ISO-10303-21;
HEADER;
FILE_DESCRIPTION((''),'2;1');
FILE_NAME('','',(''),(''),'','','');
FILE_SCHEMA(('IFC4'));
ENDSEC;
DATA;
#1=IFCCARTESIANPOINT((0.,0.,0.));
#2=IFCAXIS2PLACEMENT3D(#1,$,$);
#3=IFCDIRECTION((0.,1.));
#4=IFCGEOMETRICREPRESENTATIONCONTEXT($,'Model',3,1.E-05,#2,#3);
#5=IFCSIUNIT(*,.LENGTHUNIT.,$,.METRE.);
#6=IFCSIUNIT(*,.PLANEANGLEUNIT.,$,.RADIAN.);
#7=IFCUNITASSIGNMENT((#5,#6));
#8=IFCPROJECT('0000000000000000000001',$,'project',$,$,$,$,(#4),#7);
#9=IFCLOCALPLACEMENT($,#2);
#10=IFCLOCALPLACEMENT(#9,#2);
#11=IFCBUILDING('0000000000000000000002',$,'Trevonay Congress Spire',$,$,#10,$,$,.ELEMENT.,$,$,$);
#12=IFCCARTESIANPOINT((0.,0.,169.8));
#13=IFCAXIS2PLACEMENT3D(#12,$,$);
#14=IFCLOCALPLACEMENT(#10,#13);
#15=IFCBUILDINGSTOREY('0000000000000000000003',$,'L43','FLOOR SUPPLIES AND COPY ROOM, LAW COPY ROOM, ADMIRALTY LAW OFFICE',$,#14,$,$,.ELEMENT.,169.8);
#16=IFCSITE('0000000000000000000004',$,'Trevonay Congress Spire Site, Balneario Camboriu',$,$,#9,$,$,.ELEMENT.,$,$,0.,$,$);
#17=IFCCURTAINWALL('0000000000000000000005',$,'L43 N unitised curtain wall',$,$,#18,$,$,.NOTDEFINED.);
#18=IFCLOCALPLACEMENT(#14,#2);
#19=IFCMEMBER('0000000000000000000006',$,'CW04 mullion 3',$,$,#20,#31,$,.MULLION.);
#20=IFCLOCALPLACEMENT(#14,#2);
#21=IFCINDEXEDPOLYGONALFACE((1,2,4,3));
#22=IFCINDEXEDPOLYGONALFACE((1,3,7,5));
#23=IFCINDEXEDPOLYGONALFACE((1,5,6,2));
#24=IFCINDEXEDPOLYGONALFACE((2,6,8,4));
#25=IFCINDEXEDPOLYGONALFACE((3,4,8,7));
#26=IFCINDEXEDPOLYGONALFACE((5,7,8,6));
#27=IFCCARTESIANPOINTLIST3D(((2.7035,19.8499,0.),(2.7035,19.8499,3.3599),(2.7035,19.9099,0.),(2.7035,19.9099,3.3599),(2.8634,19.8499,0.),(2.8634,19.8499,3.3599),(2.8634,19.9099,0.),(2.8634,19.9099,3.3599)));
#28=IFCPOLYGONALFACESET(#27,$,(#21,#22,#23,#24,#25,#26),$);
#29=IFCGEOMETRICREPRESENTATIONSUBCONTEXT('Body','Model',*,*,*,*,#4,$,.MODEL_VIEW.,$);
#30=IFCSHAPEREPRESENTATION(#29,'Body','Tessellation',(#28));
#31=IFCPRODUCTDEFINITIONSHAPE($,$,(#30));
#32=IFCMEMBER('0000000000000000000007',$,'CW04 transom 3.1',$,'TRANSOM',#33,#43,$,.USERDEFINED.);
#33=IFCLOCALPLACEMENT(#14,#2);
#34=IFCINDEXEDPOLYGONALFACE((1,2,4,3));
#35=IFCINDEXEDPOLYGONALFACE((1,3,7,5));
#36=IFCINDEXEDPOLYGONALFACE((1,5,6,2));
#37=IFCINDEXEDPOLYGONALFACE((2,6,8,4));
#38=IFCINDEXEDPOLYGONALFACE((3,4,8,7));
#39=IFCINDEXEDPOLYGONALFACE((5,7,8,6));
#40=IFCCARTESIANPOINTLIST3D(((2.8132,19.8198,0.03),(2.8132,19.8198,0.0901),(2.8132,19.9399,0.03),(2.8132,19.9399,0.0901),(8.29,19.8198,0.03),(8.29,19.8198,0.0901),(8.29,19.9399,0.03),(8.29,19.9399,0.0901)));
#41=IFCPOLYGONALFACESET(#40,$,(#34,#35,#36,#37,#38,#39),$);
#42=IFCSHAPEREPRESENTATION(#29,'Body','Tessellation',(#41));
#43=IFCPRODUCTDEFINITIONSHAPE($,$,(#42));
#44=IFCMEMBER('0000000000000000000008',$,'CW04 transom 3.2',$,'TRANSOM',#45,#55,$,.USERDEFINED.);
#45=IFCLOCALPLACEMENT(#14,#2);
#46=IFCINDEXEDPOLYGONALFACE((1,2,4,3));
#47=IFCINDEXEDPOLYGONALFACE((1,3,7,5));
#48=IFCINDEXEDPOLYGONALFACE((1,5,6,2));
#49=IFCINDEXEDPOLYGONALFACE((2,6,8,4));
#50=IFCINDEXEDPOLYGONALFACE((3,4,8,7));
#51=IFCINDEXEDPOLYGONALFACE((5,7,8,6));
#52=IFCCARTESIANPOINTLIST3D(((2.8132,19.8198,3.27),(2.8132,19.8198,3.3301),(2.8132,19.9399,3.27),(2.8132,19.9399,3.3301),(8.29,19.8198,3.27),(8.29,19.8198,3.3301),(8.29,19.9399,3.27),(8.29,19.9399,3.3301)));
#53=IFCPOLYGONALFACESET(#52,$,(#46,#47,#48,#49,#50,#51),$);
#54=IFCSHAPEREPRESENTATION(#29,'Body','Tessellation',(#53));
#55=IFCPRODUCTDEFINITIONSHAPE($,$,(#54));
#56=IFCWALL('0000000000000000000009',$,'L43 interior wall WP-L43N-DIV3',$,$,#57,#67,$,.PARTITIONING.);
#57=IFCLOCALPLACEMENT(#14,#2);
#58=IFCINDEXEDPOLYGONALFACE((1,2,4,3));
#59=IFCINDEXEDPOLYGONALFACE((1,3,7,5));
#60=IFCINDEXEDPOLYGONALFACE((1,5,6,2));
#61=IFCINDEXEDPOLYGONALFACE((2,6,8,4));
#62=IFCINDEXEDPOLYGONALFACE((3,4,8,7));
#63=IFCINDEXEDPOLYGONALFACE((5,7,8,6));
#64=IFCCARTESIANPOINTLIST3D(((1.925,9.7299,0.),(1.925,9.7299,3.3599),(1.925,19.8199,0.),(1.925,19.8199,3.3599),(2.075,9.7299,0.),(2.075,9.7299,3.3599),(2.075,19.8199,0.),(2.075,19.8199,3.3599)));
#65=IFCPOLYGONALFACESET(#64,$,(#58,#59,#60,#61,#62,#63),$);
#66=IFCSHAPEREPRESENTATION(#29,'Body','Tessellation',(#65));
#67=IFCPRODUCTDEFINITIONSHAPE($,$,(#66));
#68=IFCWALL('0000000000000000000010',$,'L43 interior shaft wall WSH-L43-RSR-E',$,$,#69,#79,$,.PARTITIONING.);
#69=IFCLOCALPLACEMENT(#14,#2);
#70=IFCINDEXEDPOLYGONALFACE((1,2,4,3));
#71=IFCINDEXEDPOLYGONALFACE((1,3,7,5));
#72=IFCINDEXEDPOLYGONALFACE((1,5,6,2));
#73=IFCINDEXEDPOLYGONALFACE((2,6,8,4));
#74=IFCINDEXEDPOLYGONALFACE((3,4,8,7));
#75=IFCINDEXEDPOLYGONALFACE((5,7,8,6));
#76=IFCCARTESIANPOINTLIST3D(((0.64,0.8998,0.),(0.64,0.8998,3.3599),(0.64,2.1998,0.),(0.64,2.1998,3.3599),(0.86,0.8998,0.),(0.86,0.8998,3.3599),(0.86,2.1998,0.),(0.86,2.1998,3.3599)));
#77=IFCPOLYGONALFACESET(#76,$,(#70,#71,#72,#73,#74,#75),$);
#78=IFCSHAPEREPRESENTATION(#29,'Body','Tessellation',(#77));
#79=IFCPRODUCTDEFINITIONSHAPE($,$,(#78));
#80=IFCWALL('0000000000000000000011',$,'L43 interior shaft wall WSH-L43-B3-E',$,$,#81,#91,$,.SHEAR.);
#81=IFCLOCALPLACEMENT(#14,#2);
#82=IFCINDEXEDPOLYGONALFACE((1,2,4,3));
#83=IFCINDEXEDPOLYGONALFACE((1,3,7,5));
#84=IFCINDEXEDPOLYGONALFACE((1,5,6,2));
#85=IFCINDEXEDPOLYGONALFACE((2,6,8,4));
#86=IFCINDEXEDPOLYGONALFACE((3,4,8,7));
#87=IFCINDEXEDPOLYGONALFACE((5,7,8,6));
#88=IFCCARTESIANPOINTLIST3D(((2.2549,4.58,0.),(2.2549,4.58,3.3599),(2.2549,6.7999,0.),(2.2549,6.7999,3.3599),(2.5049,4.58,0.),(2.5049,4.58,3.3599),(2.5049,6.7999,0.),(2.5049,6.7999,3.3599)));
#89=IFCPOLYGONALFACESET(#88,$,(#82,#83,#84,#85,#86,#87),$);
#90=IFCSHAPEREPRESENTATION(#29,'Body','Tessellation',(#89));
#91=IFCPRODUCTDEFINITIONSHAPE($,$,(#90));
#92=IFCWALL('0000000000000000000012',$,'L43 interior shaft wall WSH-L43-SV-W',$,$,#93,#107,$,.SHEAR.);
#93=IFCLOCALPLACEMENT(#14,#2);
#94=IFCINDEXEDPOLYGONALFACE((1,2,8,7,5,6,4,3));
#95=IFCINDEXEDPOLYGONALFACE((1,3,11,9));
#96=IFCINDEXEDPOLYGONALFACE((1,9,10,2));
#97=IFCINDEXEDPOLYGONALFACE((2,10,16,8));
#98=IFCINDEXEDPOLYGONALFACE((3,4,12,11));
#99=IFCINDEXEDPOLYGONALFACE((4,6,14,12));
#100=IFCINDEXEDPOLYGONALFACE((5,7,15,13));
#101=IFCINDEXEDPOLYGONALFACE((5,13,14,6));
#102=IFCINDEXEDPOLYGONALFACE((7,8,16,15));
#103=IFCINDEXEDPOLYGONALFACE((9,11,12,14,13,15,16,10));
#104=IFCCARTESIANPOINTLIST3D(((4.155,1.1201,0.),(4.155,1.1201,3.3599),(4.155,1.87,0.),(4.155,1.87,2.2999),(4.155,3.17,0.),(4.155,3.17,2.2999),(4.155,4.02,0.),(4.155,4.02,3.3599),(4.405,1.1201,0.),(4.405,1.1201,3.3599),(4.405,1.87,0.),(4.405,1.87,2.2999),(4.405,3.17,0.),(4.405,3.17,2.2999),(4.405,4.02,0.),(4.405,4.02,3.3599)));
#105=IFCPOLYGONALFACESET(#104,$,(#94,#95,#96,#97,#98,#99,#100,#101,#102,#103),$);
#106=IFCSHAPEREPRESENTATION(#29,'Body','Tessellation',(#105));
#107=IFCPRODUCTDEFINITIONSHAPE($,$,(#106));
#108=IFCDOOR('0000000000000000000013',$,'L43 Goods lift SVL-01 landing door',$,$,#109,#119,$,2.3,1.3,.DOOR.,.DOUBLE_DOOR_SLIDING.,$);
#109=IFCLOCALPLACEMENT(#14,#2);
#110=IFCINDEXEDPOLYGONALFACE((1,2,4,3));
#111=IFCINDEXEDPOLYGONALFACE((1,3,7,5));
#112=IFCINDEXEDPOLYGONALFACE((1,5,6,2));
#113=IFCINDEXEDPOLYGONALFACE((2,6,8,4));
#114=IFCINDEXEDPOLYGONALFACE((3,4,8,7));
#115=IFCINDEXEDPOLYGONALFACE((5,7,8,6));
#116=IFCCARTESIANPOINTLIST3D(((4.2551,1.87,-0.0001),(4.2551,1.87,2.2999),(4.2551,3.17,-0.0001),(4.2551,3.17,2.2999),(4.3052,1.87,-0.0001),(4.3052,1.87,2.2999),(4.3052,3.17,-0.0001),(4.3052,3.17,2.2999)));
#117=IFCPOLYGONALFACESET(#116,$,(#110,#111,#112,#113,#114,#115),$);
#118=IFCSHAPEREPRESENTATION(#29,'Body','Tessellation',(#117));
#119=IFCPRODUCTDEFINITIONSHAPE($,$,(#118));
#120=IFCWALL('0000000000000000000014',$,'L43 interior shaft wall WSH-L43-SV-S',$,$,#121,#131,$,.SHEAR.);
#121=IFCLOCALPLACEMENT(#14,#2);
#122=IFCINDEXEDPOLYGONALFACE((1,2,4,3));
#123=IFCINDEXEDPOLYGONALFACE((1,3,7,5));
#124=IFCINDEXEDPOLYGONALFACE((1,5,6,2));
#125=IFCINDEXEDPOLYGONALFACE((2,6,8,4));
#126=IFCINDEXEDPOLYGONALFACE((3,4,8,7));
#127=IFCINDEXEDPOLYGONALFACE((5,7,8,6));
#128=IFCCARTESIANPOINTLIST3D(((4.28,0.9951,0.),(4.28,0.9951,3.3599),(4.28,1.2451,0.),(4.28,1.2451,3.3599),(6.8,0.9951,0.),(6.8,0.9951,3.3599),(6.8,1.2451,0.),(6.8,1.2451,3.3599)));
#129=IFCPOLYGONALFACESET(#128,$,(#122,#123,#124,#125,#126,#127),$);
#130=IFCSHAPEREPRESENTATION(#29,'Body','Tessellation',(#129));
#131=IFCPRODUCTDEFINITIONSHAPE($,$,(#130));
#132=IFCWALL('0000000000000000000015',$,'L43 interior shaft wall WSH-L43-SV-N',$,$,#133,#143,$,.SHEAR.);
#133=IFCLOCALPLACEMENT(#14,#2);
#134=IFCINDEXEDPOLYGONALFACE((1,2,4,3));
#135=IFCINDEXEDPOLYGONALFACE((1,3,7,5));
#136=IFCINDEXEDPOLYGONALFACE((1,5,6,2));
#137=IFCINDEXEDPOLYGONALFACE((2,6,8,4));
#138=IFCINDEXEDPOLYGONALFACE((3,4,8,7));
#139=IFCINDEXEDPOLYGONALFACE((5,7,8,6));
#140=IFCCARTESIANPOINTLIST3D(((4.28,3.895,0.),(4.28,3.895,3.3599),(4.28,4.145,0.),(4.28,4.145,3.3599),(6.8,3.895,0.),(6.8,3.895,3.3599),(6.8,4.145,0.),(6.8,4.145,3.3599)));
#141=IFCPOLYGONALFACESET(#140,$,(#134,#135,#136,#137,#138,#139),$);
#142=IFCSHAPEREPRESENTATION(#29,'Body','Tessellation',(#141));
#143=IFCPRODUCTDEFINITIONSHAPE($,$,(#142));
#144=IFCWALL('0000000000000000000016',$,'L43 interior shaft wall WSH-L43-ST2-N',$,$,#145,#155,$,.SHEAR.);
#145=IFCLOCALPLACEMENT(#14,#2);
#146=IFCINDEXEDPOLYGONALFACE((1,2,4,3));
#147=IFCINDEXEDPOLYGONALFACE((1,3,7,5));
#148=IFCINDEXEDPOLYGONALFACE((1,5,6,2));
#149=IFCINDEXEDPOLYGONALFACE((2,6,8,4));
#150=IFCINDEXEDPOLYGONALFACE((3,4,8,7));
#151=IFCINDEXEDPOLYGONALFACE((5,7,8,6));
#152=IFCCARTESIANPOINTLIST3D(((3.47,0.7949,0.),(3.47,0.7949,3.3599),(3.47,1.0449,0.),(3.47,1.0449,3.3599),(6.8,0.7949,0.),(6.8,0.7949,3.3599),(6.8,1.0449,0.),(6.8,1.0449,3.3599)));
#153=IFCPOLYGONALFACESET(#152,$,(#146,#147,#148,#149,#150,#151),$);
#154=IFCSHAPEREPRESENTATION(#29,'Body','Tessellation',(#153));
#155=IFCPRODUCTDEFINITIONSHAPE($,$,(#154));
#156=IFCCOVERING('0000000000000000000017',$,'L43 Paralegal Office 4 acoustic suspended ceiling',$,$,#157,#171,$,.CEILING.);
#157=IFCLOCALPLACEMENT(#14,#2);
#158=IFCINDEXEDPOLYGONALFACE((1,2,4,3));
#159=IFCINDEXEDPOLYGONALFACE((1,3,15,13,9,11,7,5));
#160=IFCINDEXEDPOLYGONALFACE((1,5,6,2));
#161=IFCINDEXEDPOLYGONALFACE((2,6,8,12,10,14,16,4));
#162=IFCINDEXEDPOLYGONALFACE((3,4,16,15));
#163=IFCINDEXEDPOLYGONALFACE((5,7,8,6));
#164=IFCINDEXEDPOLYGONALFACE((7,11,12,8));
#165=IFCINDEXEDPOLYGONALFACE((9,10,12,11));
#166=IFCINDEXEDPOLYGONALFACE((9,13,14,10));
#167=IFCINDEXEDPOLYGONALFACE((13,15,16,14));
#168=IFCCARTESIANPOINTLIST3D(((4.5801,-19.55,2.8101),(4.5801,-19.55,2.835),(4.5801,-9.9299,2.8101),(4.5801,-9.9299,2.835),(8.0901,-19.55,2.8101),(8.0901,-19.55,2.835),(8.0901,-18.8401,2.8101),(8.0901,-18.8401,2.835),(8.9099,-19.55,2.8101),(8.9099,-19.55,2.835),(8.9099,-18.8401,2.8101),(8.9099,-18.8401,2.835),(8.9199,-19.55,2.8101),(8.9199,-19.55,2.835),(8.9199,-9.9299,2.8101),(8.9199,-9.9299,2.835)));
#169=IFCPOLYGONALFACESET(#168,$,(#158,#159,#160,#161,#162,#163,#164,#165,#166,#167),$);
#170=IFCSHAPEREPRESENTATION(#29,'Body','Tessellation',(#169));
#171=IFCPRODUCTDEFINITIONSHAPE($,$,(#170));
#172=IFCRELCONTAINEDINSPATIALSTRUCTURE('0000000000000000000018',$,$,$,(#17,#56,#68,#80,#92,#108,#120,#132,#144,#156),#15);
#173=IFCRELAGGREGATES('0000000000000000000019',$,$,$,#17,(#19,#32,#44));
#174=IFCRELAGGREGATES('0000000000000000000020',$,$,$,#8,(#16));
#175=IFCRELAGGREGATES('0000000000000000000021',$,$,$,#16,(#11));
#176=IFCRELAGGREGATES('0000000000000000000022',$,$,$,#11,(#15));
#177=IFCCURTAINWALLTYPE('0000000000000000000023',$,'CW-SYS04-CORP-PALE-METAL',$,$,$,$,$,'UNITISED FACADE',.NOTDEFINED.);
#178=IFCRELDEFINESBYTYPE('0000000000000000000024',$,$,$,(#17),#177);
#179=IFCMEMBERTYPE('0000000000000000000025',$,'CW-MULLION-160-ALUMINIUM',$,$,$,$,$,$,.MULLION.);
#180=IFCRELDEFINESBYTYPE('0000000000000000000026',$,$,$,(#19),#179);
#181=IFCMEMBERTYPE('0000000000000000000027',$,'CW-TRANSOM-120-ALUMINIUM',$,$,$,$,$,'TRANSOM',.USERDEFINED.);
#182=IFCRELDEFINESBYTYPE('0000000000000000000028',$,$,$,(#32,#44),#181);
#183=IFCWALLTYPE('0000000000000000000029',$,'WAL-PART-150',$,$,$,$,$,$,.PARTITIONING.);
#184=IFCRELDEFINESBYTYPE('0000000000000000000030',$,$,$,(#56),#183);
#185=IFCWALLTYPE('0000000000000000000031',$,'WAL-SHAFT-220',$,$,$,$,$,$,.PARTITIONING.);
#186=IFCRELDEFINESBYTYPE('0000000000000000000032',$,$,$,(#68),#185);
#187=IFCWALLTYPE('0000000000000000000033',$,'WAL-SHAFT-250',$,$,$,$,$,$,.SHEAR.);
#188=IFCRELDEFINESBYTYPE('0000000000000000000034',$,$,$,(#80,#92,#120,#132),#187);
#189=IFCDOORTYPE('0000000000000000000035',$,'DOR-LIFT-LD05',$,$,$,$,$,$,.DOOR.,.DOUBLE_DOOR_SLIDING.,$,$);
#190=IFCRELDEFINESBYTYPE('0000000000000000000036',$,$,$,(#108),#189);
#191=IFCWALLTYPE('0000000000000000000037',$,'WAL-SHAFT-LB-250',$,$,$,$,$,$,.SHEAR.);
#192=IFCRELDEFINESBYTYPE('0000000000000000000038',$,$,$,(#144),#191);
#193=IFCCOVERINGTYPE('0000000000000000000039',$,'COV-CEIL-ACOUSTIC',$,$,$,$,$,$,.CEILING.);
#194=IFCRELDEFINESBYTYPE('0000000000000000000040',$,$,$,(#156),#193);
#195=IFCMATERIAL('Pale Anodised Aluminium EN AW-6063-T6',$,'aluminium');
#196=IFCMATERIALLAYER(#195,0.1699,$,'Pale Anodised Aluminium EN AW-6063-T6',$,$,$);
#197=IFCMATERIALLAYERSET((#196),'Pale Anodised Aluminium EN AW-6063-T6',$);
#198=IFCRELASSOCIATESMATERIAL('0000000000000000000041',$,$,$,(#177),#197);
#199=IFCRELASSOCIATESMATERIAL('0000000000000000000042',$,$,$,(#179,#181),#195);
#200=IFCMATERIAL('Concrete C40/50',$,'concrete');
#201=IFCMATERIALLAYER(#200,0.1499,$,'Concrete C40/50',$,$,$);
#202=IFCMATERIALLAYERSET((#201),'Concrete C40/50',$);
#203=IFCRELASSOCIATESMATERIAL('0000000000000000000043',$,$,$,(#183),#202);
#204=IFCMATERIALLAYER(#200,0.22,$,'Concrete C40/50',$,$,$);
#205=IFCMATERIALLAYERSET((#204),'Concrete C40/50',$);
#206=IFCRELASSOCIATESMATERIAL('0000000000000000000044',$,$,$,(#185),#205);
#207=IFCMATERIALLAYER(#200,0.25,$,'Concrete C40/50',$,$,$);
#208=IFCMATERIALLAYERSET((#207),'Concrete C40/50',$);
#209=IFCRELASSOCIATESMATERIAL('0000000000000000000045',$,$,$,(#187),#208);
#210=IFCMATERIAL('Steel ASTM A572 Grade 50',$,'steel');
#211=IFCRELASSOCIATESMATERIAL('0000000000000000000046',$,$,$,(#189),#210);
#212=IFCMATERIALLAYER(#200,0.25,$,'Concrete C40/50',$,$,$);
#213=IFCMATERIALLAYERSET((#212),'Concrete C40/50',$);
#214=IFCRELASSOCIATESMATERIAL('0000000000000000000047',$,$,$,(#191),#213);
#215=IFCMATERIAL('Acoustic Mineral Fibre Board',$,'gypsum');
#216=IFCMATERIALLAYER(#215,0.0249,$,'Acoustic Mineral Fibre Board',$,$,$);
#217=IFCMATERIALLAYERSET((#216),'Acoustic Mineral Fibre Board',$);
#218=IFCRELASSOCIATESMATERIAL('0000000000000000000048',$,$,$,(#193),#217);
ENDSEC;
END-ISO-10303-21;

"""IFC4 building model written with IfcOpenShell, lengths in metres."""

from ifc_helpers import new_model, si_unit, direction, frame, frame_2d, origin, origin_2d, place, context, subcontext, project, spatial, polyline, rectangle, outline, extrude, material, layer, layer_set, material_profile, profile_set, type_object, element, fill, aggregate, save


model = new_model("IFC4")

# Units and contexts
model_context = context("Model", 3, precision=1e-05, world=origin(), true_north=direction((0.0, 1.0)))
body_context = subcontext(model_context, "Body", "Model", "MODEL_VIEW")
ifc_project = project(units=[si_unit("LENGTHUNIT", "METRE"), si_unit("PLANEANGLEUNIT", "RADIAN")], contexts=[model_context])

# Site, building, storey
site_placement = place(None, origin())
site = spatial("IfcSite", under=ifc_project, at=site_placement, Name="Trevonay Congress Spire Site, Balneario Camboriu", CompositionType="ELEMENT", RefElevation=0.0)
building_placement = place(site_placement, origin())
building = spatial("IfcBuilding", under=site, at=building_placement, Name="Trevonay Congress Spire", CompositionType="ELEMENT")
storey_placement = place(building_placement, frame((0.0, 0.0, 169.8)))
storey = spatial("IfcBuildingStorey", under=building, at=storey_placement, Name="L43", Description="FLOOR SUPPLIES AND COPY ROOM, LAW COPY ROOM, ADMIRALTY LAW OFFICE", CompositionType="ELEMENT", Elevation=169.8)

# Shared definitions
ifc_material_1 = material(Name="Steel ASTM A572 Grade 50", Category="steel")

# Curtain wall, members
ifc_material_2 = material(Name="Pale Anodised Aluminium EN AW-6063-T6", Category="aluminium")
ifc_layer_1 = layer(ifc_material_2, 0.1699, Name="Pale Anodised Aluminium EN AW-6063-T6")
ifc_layer_set_1 = layer_set([ifc_layer_1], Name="Pale Anodised Aluminium EN AW-6063-T6")
curtain_wall_type = type_object("IfcCurtainWallType", Name="CW-SYS04-CORP-PALE-METAL", ElementType="UNITISED FACADE", PredefinedType="NOTDEFINED", material=ifc_layer_set_1)
curtain_wall_placement = place(storey_placement, origin())
curtain_wall = element("IfcCurtainWall", 1, at=curtain_wall_placement, inside=storey, type_object=curtain_wall_type, Name="L43 N unitised curtain wall", PredefinedType="NOTDEFINED")
ifc_material_profile_1 = material_profile(ifc_material_2, rectangle(XDim=0.0601, YDim=0.1599, at=origin_2d()), Name="CW-MULLION-160-ALUMINIUM")
ifc_profile_set_1 = profile_set([ifc_material_profile_1], Name="Pale Anodised Aluminium EN AW-6063-T6")
member_type_1 = type_object("IfcMemberType", Name="CW-MULLION-160-ALUMINIUM", PredefinedType="MULLION", material=ifc_profile_set_1)
member_1_placement = place(storey_placement, frame((2.7834, 19.8799, 0.0), z_axis=(0.0, 0.0, 1.0), x_axis=(0.0, 1.0, 0.0)))
member_1 = element("IfcMember", 2, at=member_1_placement, type_object=member_type_1, Name="CW04 mullion 3", PredefinedType="MULLION", context=body_context, shape_type="SweptSolid", body=[
    extrude(rectangle(XDim=0.0601, YDim=0.1599, at=origin_2d()), origin(), (0.0, 0.0, 1.0), 3.3599),
])
ifc_material_profile_2 = material_profile(ifc_material_2, rectangle(XDim=0.1201, YDim=0.0601, at=origin_2d()), Name="CW-TRANSOM-120-ALUMINIUM")
ifc_profile_set_2 = profile_set([ifc_material_profile_2], Name="Pale Anodised Aluminium EN AW-6063-T6")
member_type_2 = type_object("IfcMemberType", Name="CW-TRANSOM-120-ALUMINIUM", ElementType="TRANSOM", PredefinedType="USERDEFINED", material=ifc_profile_set_2)
member_2_placement = place(storey_placement, frame((2.8132, 19.8799, 0.0601), z_axis=(1.0, 0.0, 0.0), x_axis=(0.0, 1.0, 0.0)))
member_2 = element("IfcMember", 3, at=member_2_placement, type_object=member_type_2, Name="CW04 transom 3.1", ObjectType="TRANSOM", PredefinedType="USERDEFINED", context=body_context, shape_type="SweptSolid", body=[
    extrude(rectangle(XDim=0.1201, YDim=0.0601, at=origin_2d()), origin(), (0.0, 0.0, 1.0), 5.4768),
])
member_3_placement = place(storey_placement, frame((2.8132, 19.8799, 3.3), z_axis=(1.0, 0.0, 0.0), x_axis=(0.0, 1.0, 0.0)))
member_3 = element("IfcMember", 4, at=member_3_placement, type_object=member_type_2, Name="CW04 transom 3.2", ObjectType="TRANSOM", PredefinedType="USERDEFINED", context=body_context, shape_type="SweptSolid", body=[
    extrude(rectangle(XDim=0.1201, YDim=0.0601, at=origin_2d()), origin(), (0.0, 0.0, 1.0), 5.4768),
])
aggregate(curtain_wall, [member_1, member_2, member_3])

# Walls
ifc_material_3 = material(Name="Concrete C40/50", Category="concrete")
ifc_layer_2 = layer(ifc_material_3, 0.1499, Name="Concrete C40/50")
ifc_layer_set_2 = layer_set([ifc_layer_2], Name="Concrete C40/50")
wall_type_1 = type_object("IfcWallType", Name="WAL-PART-150", PredefinedType="PARTITIONING", material=ifc_layer_set_2)
wall_1_placement = place(storey_placement, frame((2.0, 9.73, 0.0), z_axis=(0.0, 0.0, 1.0), x_axis=(0.0, 1.0, 0.0)))
element("IfcWall", 5, at=wall_1_placement, inside=storey, type_object=wall_type_1, Name="L43 interior wall WP-L43N-DIV3", PredefinedType="PARTITIONING", context=body_context, shape_type="SweptSolid", body=[
    extrude(rectangle(XDim=10.0901, YDim=0.1499, at=frame_2d((5.0449, 0.0))), origin(), (0.0, 0.0, 1.0), 3.3599),
])
ifc_layer_3 = layer(ifc_material_3, 0.22, Name="Concrete C40/50")
ifc_layer_set_3 = layer_set([ifc_layer_3], Name="Concrete C40/50")
wall_type_2 = type_object("IfcWallType", Name="WAL-SHAFT-220", PredefinedType="PARTITIONING", material=ifc_layer_set_3)
wall_2_placement = place(storey_placement, frame((0.75, 0.8999, 0.0), z_axis=(0.0, 0.0, 1.0), x_axis=(0.0, 1.0, 0.0)))
element("IfcWall", 6, at=wall_2_placement, inside=storey, type_object=wall_type_2, Name="L43 interior shaft wall WSH-L43-RSR-E", PredefinedType="PARTITIONING", context=body_context, shape_type="SweptSolid", body=[
    extrude(rectangle(XDim=1.3, YDim=0.22, at=frame_2d((0.6499, 0.0))), origin(), (0.0, 0.0, 1.0), 3.3599),
])
ifc_layer_4 = layer(ifc_material_3, 0.25, Name="Concrete C40/50")
ifc_layer_set_4 = layer_set([ifc_layer_4], Name="Concrete C40/50")
wall_type_3 = type_object("IfcWallType", Name="WAL-SHAFT-250", PredefinedType="SHEAR", material=ifc_layer_set_4)
wall_3_placement = place(storey_placement, frame((2.3799, 4.5801, 0.0), z_axis=(0.0, 0.0, 1.0), x_axis=(0.0, 1.0, 0.0)))
element("IfcWall", 7, at=wall_3_placement, inside=storey, type_object=wall_type_3, Name="L43 interior shaft wall WSH-L43-B3-E", PredefinedType="SHEAR", context=body_context, shape_type="SweptSolid", body=[
    extrude(rectangle(XDim=2.22, YDim=0.25, at=frame_2d((1.1099, 0.0))), origin(), (0.0, 0.0, 1.0), 3.3599),
])

# Wall, opening, door
wall_4_placement = place(storey_placement, frame((4.28, 1.1201, 0.0), z_axis=(0.0, 0.0, 1.0), x_axis=(0.0, 1.0, 0.0)))
wall_4 = element("IfcWall", 8, at=wall_4_placement, inside=storey, type_object=wall_type_3, Name="L43 interior shaft wall WSH-L43-SV-W", PredefinedType="SHEAR", context=body_context, shape_type="SweptSolid", body=[
    extrude(rectangle(XDim=2.8999, YDim=0.25, at=frame_2d((1.45, 0.0))), origin(), (0.0, 0.0, 1.0), 3.3599),
])
opening_placement = place(wall_4_placement, frame((0.75, 0.0, 0.0)))
opening = element("IfcOpeningElement", 9, at=opening_placement, cuts=wall_4, PredefinedType="OPENING", context=body_context, shape_type="SweptSolid", body=[
    extrude(rectangle(XDim=1.3, YDim=2.3, at=frame_2d((0.6499, 1.1499))), frame((0.0, 0.135, 0.0), z_axis=(0.0, -1.0, 0.0), x_axis=(1.0, 0.0, 0.0)), (0.0, 0.0, 1.0), 0.27),
])
door_type = type_object("IfcDoorType", Name="DOR-LIFT-LD05", OperationType="DOUBLE_DOOR_SLIDING", PredefinedType="DOOR", material=ifc_material_1)
door_placement = place(opening_placement, origin())
door = element("IfcDoor", 10, at=door_placement, inside=storey, type_object=door_type, Name="L43 Goods lift SVL-01 landing door", OperationType="DOUBLE_DOOR_SLIDING", OverallHeight=2.3, OverallWidth=1.3, PredefinedType="DOOR", context=body_context, shape_type="SweptSolid", body=[
    extrude(rectangle(XDim=1.3, YDim=2.3, at=frame_2d((0.6499, 1.1499))), frame((0.0, 0.0249, 0.0), z_axis=(0.0, -1.0, 0.0), x_axis=(1.0, 0.0, 0.0)), (0.0, 0.0, 1.0), 0.05),
])
fill(opening, door)

# Walls
for number, where, z_axis, x_axis, name in (
    (11, (4.28, 1.1201, 0.0), (0.0, 0.0, 1.0), (1.0, 0.0, 0.0), "L43 interior shaft wall WSH-L43-SV-S"),
    (12, (4.28, 4.02, 0.0), (0.0, 0.0, 1.0), (1.0, 0.0, 0.0), "L43 interior shaft wall WSH-L43-SV-N"),
):
    element("IfcWall", number, at=place(storey_placement, frame(where, z_axis=z_axis, x_axis=x_axis)), inside=storey, type_object=wall_type_3, Name=name, PredefinedType="SHEAR", context=body_context, shape_type="SweptSolid", body=[
        extrude(rectangle(XDim=2.52, YDim=0.25, at=frame_2d((1.26, 0.0))), origin(), (0.0, 0.0, 1.0), 3.3599),
    ])
ifc_layer_5 = layer(ifc_material_3, 0.25, Name="Concrete C40/50")
ifc_layer_set_5 = layer_set([ifc_layer_5], Name="Concrete C40/50")
wall_type_4 = type_object("IfcWallType", Name="WAL-SHAFT-LB-250", PredefinedType="SHEAR", material=ifc_layer_set_5)
wall_5_placement = place(storey_placement, frame((3.47, 0.9199, 0.0), z_axis=(0.0, 0.0, 1.0), x_axis=(1.0, 0.0, 0.0)))
element("IfcWall", 13, at=wall_5_placement, inside=storey, type_object=wall_type_4, Name="L43 interior shaft wall WSH-L43-ST2-N", PredefinedType="SHEAR", context=body_context, shape_type="SweptSolid", body=[
    extrude(rectangle(XDim=3.3301, YDim=0.25, at=frame_2d((1.665, 0.0))), origin(), (0.0, 0.0, 1.0), 3.3599),
])

# Covering
ifc_material_4 = material(Name="Acoustic Mineral Fibre Board", Category="gypsum")
ifc_layer_6 = layer(ifc_material_4, 0.0249, Name="Acoustic Mineral Fibre Board")
ifc_layer_set_6 = layer_set([ifc_layer_6], Name="Acoustic Mineral Fibre Board")
covering_type_1 = type_object("IfcCoveringType", Name="COV-CEIL-ACOUSTIC", PredefinedType="CEILING", material=ifc_layer_set_6)
covering_1_placement = place(storey_placement, frame((0.0, 0.0, 2.8101)))
element("IfcCovering", 14, at=covering_1_placement, inside=storey, type_object=covering_type_1, Name="L43 Paralegal Office 4 acoustic suspended ceiling", PredefinedType="CEILING", context=body_context, shape_type="SweptSolid", body=[
    extrude(outline(polyline([(4.5801, -19.55), (4.5801, -9.9299), (8.9199, -9.9299), (8.9199, -19.55), (8.9099, -19.55), (8.9099, -18.8401), (8.0901, -18.8401), (8.0901, -19.55), (4.5801, -19.55)])), origin(), (0.0, 0.0, 1.0), 0.0249),
])

save(model, "model.ifc")
